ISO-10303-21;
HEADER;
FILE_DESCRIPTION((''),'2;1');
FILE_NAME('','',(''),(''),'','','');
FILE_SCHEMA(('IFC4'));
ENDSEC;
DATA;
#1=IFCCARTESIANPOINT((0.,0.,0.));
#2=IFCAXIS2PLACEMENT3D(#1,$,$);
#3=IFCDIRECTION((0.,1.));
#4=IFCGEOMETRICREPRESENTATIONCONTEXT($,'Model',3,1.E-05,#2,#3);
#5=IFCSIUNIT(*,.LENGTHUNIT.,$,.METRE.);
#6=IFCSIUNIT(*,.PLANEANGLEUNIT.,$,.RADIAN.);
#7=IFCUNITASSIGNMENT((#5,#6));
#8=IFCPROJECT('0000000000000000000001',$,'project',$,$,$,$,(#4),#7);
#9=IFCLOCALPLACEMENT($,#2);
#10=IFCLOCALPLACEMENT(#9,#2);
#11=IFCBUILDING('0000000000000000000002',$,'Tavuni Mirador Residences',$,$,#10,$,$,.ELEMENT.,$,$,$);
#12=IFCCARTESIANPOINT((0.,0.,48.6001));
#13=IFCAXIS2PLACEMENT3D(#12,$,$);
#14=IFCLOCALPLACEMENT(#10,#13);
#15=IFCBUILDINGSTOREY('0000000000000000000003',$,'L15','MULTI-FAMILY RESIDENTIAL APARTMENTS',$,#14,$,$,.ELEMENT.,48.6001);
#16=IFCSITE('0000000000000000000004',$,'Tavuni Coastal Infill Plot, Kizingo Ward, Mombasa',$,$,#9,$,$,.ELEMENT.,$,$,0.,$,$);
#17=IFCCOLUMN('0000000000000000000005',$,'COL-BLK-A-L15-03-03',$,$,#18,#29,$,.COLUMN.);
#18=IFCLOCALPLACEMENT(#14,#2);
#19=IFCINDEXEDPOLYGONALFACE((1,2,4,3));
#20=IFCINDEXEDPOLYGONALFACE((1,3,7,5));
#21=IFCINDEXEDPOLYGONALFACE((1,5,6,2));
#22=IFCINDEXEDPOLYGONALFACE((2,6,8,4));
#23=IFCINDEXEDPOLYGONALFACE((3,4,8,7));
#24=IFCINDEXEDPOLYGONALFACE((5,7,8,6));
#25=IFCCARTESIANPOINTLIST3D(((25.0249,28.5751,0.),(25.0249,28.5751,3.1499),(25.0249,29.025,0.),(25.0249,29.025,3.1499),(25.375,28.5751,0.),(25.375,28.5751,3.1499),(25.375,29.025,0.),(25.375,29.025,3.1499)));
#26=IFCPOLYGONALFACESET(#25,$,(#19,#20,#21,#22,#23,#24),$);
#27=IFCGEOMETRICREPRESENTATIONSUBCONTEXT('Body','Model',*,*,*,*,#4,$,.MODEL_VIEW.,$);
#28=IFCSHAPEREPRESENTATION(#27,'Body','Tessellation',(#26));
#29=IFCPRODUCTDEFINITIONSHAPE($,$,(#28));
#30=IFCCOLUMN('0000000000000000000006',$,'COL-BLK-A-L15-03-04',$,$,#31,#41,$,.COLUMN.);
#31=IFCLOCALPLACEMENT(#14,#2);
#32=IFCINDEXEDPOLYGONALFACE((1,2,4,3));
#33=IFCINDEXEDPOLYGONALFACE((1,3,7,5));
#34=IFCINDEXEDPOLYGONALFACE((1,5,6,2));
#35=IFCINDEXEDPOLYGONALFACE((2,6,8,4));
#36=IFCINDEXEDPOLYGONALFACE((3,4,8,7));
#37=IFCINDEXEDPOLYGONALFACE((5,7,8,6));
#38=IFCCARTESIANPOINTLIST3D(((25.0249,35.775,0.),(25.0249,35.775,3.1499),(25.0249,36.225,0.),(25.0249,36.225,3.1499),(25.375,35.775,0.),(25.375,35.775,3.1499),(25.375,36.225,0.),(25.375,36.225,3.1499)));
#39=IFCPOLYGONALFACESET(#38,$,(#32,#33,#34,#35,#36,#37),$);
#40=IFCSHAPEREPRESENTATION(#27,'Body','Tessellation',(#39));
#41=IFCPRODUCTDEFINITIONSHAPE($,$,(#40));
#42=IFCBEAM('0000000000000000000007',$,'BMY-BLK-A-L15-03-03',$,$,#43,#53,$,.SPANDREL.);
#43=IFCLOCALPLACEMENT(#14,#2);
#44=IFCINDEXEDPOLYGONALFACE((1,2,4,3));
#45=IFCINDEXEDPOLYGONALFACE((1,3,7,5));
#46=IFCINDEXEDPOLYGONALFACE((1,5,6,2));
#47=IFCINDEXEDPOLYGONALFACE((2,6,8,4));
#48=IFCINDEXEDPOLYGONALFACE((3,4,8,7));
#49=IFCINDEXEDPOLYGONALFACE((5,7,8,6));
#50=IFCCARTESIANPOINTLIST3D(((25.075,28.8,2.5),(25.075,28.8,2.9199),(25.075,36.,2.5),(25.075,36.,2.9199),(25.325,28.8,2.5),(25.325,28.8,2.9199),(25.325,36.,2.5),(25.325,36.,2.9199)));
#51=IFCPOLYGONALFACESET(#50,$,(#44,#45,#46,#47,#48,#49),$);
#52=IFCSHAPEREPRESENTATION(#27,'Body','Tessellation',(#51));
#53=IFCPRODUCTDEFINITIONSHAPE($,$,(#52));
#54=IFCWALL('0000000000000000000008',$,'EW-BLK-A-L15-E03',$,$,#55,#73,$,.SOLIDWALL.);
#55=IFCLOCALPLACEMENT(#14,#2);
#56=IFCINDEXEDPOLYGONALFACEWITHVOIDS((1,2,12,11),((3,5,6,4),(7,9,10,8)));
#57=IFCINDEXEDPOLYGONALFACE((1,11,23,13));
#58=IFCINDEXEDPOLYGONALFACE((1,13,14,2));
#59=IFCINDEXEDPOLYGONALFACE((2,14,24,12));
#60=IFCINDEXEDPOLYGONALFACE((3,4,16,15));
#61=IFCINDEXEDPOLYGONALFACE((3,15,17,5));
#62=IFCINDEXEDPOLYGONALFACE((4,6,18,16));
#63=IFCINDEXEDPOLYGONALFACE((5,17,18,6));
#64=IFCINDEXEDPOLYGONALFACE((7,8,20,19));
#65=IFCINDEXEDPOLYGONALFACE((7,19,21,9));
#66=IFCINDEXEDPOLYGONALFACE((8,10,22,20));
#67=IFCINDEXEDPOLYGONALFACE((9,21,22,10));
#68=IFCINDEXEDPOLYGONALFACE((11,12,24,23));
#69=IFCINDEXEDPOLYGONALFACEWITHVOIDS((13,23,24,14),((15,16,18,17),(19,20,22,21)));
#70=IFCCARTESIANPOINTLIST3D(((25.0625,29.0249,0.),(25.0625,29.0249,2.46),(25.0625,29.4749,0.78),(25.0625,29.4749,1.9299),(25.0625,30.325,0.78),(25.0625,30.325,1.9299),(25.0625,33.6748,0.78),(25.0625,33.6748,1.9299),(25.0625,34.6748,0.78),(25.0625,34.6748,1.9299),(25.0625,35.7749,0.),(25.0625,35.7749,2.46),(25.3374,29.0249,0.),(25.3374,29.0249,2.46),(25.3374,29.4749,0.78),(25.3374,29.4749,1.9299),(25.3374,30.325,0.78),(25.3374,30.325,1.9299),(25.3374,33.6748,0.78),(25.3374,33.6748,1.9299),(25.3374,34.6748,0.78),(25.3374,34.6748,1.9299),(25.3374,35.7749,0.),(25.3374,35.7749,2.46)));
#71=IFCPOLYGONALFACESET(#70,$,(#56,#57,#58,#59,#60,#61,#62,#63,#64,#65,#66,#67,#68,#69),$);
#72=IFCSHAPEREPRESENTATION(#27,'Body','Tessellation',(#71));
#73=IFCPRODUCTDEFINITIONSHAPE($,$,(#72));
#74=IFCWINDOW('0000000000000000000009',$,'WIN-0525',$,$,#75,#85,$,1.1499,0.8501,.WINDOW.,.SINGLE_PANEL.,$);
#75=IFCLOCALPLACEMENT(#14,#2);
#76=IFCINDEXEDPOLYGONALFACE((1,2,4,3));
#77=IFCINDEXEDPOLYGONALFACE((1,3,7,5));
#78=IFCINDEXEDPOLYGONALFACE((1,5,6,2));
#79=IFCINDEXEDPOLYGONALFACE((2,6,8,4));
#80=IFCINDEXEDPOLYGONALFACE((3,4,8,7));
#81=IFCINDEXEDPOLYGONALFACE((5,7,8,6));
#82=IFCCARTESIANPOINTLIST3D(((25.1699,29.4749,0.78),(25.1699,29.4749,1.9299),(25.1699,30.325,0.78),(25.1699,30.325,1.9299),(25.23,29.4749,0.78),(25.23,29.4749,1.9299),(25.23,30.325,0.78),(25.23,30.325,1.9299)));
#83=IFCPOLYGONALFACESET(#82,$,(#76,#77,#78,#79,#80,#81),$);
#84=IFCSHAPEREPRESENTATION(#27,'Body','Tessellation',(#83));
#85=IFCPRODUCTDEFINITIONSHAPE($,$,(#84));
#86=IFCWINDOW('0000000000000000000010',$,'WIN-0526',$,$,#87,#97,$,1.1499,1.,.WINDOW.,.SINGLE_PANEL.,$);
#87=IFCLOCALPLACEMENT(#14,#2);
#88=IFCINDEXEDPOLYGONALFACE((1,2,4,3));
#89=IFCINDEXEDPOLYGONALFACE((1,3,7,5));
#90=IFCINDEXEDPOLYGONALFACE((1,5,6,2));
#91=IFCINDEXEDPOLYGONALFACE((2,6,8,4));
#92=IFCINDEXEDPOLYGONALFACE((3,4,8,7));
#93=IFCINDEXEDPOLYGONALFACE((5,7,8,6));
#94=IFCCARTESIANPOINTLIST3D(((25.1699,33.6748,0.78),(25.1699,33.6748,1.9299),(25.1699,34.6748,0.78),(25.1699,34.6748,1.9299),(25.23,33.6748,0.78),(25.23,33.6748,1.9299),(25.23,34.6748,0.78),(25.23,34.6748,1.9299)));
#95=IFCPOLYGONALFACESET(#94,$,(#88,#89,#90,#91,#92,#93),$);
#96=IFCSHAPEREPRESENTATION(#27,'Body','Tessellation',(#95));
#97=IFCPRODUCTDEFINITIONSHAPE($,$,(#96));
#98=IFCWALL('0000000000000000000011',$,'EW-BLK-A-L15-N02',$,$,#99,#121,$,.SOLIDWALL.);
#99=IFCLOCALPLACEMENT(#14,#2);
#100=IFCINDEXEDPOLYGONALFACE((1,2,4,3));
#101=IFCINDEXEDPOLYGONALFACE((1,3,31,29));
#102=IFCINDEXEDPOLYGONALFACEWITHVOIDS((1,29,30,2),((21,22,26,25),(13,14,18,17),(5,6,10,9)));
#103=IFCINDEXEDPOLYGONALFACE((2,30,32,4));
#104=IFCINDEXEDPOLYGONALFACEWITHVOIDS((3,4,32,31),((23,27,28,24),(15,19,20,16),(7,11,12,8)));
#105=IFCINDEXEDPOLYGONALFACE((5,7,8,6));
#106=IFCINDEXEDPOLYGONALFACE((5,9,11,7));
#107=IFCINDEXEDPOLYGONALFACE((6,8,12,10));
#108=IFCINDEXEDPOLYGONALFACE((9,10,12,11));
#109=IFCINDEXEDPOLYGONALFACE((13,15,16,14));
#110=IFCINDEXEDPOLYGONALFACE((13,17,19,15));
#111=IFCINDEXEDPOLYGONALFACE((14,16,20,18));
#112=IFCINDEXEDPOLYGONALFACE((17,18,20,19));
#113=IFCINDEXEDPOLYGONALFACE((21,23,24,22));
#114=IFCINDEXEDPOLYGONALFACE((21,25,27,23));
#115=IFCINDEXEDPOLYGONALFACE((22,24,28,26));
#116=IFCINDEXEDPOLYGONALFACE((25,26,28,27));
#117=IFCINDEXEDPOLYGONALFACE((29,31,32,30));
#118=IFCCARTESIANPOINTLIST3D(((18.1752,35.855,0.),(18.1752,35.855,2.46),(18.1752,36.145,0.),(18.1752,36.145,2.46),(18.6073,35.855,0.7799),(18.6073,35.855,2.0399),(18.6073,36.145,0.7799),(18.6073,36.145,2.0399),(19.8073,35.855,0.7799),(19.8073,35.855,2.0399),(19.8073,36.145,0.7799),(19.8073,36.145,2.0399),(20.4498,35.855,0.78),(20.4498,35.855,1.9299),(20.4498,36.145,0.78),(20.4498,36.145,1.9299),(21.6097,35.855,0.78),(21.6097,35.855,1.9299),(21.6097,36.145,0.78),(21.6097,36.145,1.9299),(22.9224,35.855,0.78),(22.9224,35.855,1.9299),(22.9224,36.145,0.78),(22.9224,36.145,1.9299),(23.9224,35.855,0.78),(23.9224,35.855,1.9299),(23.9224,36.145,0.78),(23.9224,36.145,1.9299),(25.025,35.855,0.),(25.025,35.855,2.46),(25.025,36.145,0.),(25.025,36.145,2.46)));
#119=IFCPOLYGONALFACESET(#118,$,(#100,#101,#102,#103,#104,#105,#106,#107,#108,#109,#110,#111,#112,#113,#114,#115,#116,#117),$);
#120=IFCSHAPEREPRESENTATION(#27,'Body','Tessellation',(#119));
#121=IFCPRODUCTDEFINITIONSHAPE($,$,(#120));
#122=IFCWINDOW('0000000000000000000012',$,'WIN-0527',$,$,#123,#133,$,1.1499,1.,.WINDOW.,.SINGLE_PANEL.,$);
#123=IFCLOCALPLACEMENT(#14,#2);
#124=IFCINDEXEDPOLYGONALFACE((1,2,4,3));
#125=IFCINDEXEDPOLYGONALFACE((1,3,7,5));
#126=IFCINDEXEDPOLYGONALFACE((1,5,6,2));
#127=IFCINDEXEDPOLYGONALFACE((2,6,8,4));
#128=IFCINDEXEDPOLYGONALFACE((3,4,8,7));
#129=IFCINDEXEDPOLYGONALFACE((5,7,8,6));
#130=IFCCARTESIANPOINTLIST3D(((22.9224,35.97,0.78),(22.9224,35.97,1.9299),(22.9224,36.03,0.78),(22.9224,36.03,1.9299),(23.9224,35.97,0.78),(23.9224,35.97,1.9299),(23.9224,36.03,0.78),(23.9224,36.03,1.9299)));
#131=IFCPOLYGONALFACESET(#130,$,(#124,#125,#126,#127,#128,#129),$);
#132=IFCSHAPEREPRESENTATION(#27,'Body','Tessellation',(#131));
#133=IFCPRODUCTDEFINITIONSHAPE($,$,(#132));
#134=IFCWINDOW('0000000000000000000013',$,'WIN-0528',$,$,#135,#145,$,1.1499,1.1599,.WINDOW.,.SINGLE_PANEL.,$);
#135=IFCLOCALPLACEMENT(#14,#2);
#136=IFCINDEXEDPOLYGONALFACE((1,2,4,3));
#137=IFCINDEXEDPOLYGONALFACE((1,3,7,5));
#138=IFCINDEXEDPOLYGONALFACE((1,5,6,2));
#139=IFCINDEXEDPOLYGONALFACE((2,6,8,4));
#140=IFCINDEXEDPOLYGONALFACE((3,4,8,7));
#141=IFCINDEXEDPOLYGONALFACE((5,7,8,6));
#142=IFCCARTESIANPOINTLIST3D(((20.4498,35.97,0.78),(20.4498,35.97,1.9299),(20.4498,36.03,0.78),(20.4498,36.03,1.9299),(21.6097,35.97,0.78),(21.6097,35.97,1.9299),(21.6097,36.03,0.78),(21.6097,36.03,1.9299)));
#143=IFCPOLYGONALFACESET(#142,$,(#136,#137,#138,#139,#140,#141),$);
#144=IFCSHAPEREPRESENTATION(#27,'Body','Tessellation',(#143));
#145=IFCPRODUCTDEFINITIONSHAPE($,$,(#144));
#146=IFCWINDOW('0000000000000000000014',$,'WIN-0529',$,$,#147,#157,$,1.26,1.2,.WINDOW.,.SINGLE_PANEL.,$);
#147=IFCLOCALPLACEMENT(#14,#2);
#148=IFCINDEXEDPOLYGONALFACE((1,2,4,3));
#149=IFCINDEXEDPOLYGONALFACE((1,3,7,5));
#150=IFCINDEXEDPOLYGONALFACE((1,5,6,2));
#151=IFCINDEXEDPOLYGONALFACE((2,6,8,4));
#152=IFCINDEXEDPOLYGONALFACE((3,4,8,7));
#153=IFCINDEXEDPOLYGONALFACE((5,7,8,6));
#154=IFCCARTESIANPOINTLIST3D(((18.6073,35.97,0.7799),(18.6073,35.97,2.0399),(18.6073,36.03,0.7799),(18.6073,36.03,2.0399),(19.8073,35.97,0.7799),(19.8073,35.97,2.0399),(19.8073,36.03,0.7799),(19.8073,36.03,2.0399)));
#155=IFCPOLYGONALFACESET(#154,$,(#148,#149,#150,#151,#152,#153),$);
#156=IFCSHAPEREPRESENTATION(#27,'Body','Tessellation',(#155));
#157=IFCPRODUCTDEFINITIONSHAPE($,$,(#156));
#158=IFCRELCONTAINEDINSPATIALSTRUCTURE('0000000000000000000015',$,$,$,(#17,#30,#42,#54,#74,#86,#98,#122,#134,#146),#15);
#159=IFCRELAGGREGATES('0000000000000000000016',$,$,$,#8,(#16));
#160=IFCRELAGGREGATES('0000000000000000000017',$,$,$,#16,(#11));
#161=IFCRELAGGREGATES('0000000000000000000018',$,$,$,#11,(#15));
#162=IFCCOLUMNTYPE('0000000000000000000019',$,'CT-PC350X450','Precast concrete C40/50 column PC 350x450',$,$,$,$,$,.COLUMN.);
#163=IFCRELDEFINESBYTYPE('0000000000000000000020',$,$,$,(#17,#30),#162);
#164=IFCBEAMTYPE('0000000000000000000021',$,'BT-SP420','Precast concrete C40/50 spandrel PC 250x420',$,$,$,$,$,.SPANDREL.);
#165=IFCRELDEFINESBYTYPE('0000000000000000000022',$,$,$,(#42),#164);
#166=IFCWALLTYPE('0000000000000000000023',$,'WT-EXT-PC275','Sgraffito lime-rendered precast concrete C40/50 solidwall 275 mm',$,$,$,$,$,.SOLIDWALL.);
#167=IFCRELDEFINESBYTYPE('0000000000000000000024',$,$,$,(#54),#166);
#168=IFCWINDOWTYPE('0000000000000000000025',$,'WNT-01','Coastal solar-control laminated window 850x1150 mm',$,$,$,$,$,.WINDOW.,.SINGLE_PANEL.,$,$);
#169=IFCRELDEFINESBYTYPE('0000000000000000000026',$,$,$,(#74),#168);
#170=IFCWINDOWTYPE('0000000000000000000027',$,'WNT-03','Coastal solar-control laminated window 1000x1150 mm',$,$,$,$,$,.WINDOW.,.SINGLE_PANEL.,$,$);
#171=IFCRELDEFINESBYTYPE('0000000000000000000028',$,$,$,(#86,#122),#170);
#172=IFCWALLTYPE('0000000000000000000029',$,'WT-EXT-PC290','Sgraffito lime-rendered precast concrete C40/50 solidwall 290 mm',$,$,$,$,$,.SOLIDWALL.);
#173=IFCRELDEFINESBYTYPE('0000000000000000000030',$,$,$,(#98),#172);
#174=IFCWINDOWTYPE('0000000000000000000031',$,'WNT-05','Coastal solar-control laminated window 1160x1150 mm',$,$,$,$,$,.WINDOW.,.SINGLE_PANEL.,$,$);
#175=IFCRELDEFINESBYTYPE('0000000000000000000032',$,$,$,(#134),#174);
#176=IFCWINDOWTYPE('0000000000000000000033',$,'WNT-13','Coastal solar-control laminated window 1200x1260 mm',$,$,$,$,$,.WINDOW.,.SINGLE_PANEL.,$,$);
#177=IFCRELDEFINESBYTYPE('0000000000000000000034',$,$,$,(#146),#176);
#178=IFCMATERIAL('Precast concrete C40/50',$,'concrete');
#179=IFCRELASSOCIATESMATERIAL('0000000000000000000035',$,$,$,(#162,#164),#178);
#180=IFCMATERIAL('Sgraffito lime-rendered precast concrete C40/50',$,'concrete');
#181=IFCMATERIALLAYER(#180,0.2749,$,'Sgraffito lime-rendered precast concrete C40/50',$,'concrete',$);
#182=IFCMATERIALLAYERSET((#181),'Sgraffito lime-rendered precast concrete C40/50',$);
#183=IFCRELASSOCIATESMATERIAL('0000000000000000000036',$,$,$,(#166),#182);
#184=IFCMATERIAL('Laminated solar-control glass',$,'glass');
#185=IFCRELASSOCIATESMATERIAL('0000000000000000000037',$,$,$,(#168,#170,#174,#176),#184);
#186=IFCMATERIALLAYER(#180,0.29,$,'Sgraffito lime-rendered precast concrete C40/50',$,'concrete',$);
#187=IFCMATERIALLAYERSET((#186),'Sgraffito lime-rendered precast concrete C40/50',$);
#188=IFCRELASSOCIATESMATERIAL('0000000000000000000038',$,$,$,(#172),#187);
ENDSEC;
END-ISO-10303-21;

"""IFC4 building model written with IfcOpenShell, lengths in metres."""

from ifc_helpers import new_model, si_unit, direction, frame, frame_2d, origin, origin_2d, place, context, subcontext, project, spatial, rectangle, extrude, material, layer, layer_set, material_profile, profile_set, type_object, element, fill, save


model = new_model("IFC4")

# Units and contexts
model_context = context("Model", 3, precision=1e-05, world=origin(), true_north=direction((0.0, 1.0)))
body_context = subcontext(model_context, "Body", "Model", "MODEL_VIEW")
ifc_project = project(units=[si_unit("LENGTHUNIT", "METRE"), si_unit("PLANEANGLEUNIT", "RADIAN")], contexts=[model_context])

# Site, building, storey
site_placement = place(None, origin())
site = spatial("IfcSite", under=ifc_project, at=site_placement, Name="Tavuni Coastal Infill Plot, Kizingo Ward, Mombasa", CompositionType="ELEMENT", RefElevation=0.0)
building_placement = place(site_placement, origin())
building = spatial("IfcBuilding", under=site, at=building_placement, Name="Tavuni Mirador Residences", CompositionType="ELEMENT")
storey_placement = place(building_placement, frame((0.0, 0.0, 48.6001)))
storey = spatial("IfcBuildingStorey", under=building, at=storey_placement, Name="L15", Description="MULTI-FAMILY RESIDENTIAL APARTMENTS", CompositionType="ELEMENT", Elevation=48.6001)

# Columns
ifc_material_1 = material(Name="Precast concrete C40/50", Category="concrete")
ifc_material_profile_1 = material_profile(ifc_material_1, rectangle(XDim=0.3501, YDim=0.45, at=origin_2d()), Name="PC 350x450", Category="concrete")
ifc_profile_set_1 = profile_set([ifc_material_profile_1], Name="Precast concrete C40/50")
column_type = type_object("IfcColumnType", Name="CT-PC350X450", Description="Precast concrete C40/50 column PC 350x450", PredefinedType="COLUMN", material=ifc_profile_set_1)
for number, where, z_axis, x_axis, name in (
    (1, (25.2, 28.8, 0.0), (0.0, 0.0, 1.0), (1.0, 0.0, 0.0), "COL-BLK-A-L15-03-03"),
    (2, (25.2, 36.0, 0.0), (0.0, 0.0, 1.0), (1.0, 0.0, 0.0), "COL-BLK-A-L15-03-04"),
):
    element("IfcColumn", number, at=place(storey_placement, frame(where, z_axis=z_axis, x_axis=x_axis)), inside=storey, type_object=column_type, Name=name, PredefinedType="COLUMN", context=body_context, shape_type="SweptSolid", body=[
        extrude(rectangle(XDim=0.3501, YDim=0.45, at=origin_2d()), origin(), (0.0, 0.0, 1.0), 3.1499),
    ])

# Beam
ifc_material_profile_2 = material_profile(ifc_material_1, rectangle(XDim=0.25, YDim=0.4199, at=origin_2d()), Name="PC 250x420", Category="concrete")
ifc_profile_set_2 = profile_set([ifc_material_profile_2], Name="Precast concrete C40/50")
beam_type = type_object("IfcBeamType", Name="BT-SP420", Description="Precast concrete C40/50 spandrel PC 250x420", PredefinedType="SPANDREL", material=ifc_profile_set_2)
beam_placement = place(storey_placement, frame((25.2, 28.8, 2.71), z_axis=(0.0, 1.0, 0.0), x_axis=(-1.0, 0.0, 0.0)))
element("IfcBeam", 3, at=beam_placement, inside=storey, type_object=beam_type, Name="BMY-BLK-A-L15-03-03", PredefinedType="SPANDREL", context=body_context, shape_type="SweptSolid", body=[
    extrude(rectangle(XDim=0.25, YDim=0.4199, at=origin_2d()), origin(), (0.0, 0.0, 1.0), 7.2),
])

# Walls, openings, windows
ifc_material_2 = material(Name="Sgraffito lime-rendered precast concrete C40/50", Category="concrete")
ifc_layer_1 = layer(ifc_material_2, 0.2749, Name="Sgraffito lime-rendered precast concrete C40/50", Category="concrete")
ifc_layer_set_1 = layer_set([ifc_layer_1], Name="Sgraffito lime-rendered precast concrete C40/50")
wall_type_1 = type_object("IfcWallType", Name="WT-EXT-PC275", Description="Sgraffito lime-rendered precast concrete C40/50 solidwall 275 mm", PredefinedType="SOLIDWALL", material=ifc_layer_set_1)
wall_1_placement = place(storey_placement, frame((25.2, 29.0249, 0.0), z_axis=(0.0, 0.0, 1.0), x_axis=(0.0, 1.0, 0.0)))
wall_1 = element("IfcWall", 4, at=wall_1_placement, inside=storey, type_object=wall_type_1, Name="EW-BLK-A-L15-E03", PredefinedType="SOLIDWALL", context=body_context, shape_type="SweptSolid", body=[
    extrude(rectangle(XDim=6.75, YDim=0.2749, at=frame_2d((3.375, 0.0))), origin(), (0.0, 0.0, 1.0), 2.46),
])
opening_1_placement = place(wall_1_placement, frame((0.45, 0.0, 0.78)))
opening_1 = element("IfcOpeningElement", 5, at=opening_1_placement, cuts=wall_1, PredefinedType="OPENING", context=body_context, shape_type="SweptSolid", body=[
    extrude(rectangle(XDim=0.8501, YDim=1.1499, at=frame_2d((0.425, 0.575))), frame((0.0, 0.1475, 0.0), z_axis=(0.0, -1.0, 0.0), x_axis=(1.0, 0.0, 0.0)), (0.0, 0.0, 1.0), 0.2949),
])
opening_2_placement = place(wall_1_placement, frame((4.6499, 0.0, 0.78)))
opening_2 = element("IfcOpeningElement", 6, at=opening_2_placement, cuts=wall_1, PredefinedType="OPENING", context=body_context, shape_type="SweptSolid", body=[
    extrude(rectangle(XDim=1.0, YDim=1.1499, at=frame_2d((0.5, 0.575))), frame((0.0, 0.1475, 0.0), z_axis=(0.0, -1.0, 0.0), x_axis=(1.0, 0.0, 0.0)), (0.0, 0.0, 1.0), 0.2949),
])
ifc_material_3 = material(Name="Laminated solar-control glass", Category="glass")
window_type_1 = type_object("IfcWindowType", Name="WNT-01", Description="Coastal solar-control laminated window 850x1150 mm", PartitioningType="SINGLE_PANEL", PredefinedType="WINDOW", material=ifc_material_3)
window_1_placement = place(opening_1_placement, origin())
window_1 = element("IfcWindow", 7, at=window_1_placement, inside=storey, type_object=window_type_1, Name="WIN-0525", OverallHeight=1.1499, OverallWidth=0.8501, PartitioningType="SINGLE_PANEL", PredefinedType="WINDOW", context=body_context, shape_type="SweptSolid", body=[
    extrude(rectangle(XDim=0.8501, YDim=1.1499, at=frame_2d((0.425, 0.575))), frame((0.0, 0.03, 0.0), z_axis=(0.0, -1.0, 0.0), x_axis=(1.0, 0.0, 0.0)), (0.0, 0.0, 1.0), 0.0601),
])
fill(opening_1, window_1)
window_type_2 = type_object("IfcWindowType", Name="WNT-03", Description="Coastal solar-control laminated window 1000x1150 mm", PartitioningType="SINGLE_PANEL", PredefinedType="WINDOW", material=ifc_material_3)
window_2_placement = place(opening_2_placement, origin())
window_2 = element("IfcWindow", 8, at=window_2_placement, inside=storey, type_object=window_type_2, Name="WIN-0526", OverallHeight=1.1499, OverallWidth=1.0, PartitioningType="SINGLE_PANEL", PredefinedType="WINDOW", context=body_context, shape_type="SweptSolid", body=[
    extrude(rectangle(XDim=1.0, YDim=1.1499, at=frame_2d((0.5, 0.575))), frame((0.0, 0.03, 0.0), z_axis=(0.0, -1.0, 0.0), x_axis=(1.0, 0.0, 0.0)), (0.0, 0.0, 1.0), 0.0601),
])
fill(opening_2, window_2)
ifc_layer_2 = layer(ifc_material_2, 0.29, Name="Sgraffito lime-rendered precast concrete C40/50", Category="concrete")
ifc_layer_set_2 = layer_set([ifc_layer_2], Name="Sgraffito lime-rendered precast concrete C40/50")
wall_type_2 = type_object("IfcWallType", Name="WT-EXT-PC290", Description="Sgraffito lime-rendered precast concrete C40/50 solidwall 290 mm", PredefinedType="SOLIDWALL", material=ifc_layer_set_2)
wall_2_placement = place(storey_placement, frame((25.0249, 36.0, 0.0), z_axis=(0.0, 0.0, 1.0), x_axis=(-1.0, 0.0, 0.0)))
wall_2 = element("IfcWall", 9, at=wall_2_placement, inside=storey, type_object=wall_type_2, Name="EW-BLK-A-L15-N02", PredefinedType="SOLIDWALL", context=body_context, shape_type="SweptSolid", body=[
    extrude(rectangle(XDim=6.8499, YDim=0.29, at=frame_2d((3.4248, 0.0))), origin(), (0.0, 0.0, 1.0), 2.46),
])
opening_3_placement = place(wall_2_placement, frame((1.1025, 0.0, 0.78)))
opening_3 = element("IfcOpeningElement", 10, at=opening_3_placement, cuts=wall_2, PredefinedType="OPENING", context=body_context, shape_type="SweptSolid", body=[
    extrude(rectangle(XDim=1.0, YDim=1.1499, at=frame_2d((0.5, 0.575))), frame((0.0, 0.155, 0.0), z_axis=(0.0, -1.0, 0.0), x_axis=(1.0, 0.0, 0.0)), (0.0, 0.0, 1.0), 0.3101),
])
opening_4_placement = place(wall_2_placement, frame((3.415, 0.0, 0.78)))
opening_4 = element("IfcOpeningElement", 11, at=opening_4_placement, cuts=wall_2, PredefinedType="OPENING", context=body_context, shape_type="SweptSolid", body=[
    extrude(rectangle(XDim=1.1599, YDim=1.1499, at=frame_2d((0.5801, 0.575))), frame((0.0, 0.155, 0.0), z_axis=(0.0, -1.0, 0.0), x_axis=(1.0, 0.0, 0.0)), (0.0, 0.0, 1.0), 0.3101),
])
opening_5_placement = place(wall_2_placement, frame((5.2175, 0.0, 0.78)))
opening_5 = element("IfcOpeningElement", 12, at=opening_5_placement, cuts=wall_2, PredefinedType="OPENING", context=body_context, shape_type="SweptSolid", body=[
    extrude(rectangle(XDim=1.2, YDim=1.26, at=frame_2d((0.6001, 0.6299))), frame((0.0, 0.155, 0.0), z_axis=(0.0, -1.0, 0.0), x_axis=(1.0, 0.0, 0.0)), (0.0, 0.0, 1.0), 0.3101),
])
window_3_placement = place(opening_3_placement, origin())
window_3 = element("IfcWindow", 13, at=window_3_placement, inside=storey, type_object=window_type_2, Name="WIN-0527", OverallHeight=1.1499, OverallWidth=1.0, PartitioningType="SINGLE_PANEL", PredefinedType="WINDOW", context=body_context, shape_type="SweptSolid", body=[
    extrude(rectangle(XDim=1.0, YDim=1.1499, at=frame_2d((0.5, 0.575))), frame((0.0, 0.03, 0.0), z_axis=(0.0, -1.0, 0.0), x_axis=(1.0, 0.0, 0.0)), (0.0, 0.0, 1.0), 0.0601),
])
fill(opening_3, window_3)
window_type_3 = type_object("IfcWindowType", Name="WNT-05", Description="Coastal solar-control laminated window 1160x1150 mm", PartitioningType="SINGLE_PANEL", PredefinedType="WINDOW", material=ifc_material_3)
window_4_placement = place(opening_4_placement, origin())
window_4 = element("IfcWindow", 14, at=window_4_placement, inside=storey, type_object=window_type_3, Name="WIN-0528", OverallHeight=1.1499, OverallWidth=1.1599, PartitioningType="SINGLE_PANEL", PredefinedType="WINDOW", context=body_context, shape_type="SweptSolid", body=[
    extrude(rectangle(XDim=1.1599, YDim=1.1499, at=frame_2d((0.5801, 0.575))), frame((0.0, 0.03, 0.0), z_axis=(0.0, -1.0, 0.0), x_axis=(1.0, 0.0, 0.0)), (0.0, 0.0, 1.0), 0.0601),
])
fill(opening_4, window_4)
window_type_4 = type_object("IfcWindowType", Name="WNT-13", Description="Coastal solar-control laminated window 1200x1260 mm", PartitioningType="SINGLE_PANEL", PredefinedType="WINDOW", material=ifc_material_3)
window_5_placement = place(opening_5_placement, origin())
window_5 = element("IfcWindow", 15, at=window_5_placement, inside=storey, type_object=window_type_4, Name="WIN-0529", OverallHeight=1.26, OverallWidth=1.2, PartitioningType="SINGLE_PANEL", PredefinedType="WINDOW", context=body_context, shape_type="SweptSolid", body=[
    extrude(rectangle(XDim=1.2, YDim=1.26, at=frame_2d((0.6001, 0.6299))), frame((0.0, 0.03, 0.0), z_axis=(0.0, -1.0, 0.0), x_axis=(1.0, 0.0, 0.0)), (0.0, 0.0, 1.0), 0.0601),
])
fill(opening_5, window_5)

save(model, "model.ifc")
